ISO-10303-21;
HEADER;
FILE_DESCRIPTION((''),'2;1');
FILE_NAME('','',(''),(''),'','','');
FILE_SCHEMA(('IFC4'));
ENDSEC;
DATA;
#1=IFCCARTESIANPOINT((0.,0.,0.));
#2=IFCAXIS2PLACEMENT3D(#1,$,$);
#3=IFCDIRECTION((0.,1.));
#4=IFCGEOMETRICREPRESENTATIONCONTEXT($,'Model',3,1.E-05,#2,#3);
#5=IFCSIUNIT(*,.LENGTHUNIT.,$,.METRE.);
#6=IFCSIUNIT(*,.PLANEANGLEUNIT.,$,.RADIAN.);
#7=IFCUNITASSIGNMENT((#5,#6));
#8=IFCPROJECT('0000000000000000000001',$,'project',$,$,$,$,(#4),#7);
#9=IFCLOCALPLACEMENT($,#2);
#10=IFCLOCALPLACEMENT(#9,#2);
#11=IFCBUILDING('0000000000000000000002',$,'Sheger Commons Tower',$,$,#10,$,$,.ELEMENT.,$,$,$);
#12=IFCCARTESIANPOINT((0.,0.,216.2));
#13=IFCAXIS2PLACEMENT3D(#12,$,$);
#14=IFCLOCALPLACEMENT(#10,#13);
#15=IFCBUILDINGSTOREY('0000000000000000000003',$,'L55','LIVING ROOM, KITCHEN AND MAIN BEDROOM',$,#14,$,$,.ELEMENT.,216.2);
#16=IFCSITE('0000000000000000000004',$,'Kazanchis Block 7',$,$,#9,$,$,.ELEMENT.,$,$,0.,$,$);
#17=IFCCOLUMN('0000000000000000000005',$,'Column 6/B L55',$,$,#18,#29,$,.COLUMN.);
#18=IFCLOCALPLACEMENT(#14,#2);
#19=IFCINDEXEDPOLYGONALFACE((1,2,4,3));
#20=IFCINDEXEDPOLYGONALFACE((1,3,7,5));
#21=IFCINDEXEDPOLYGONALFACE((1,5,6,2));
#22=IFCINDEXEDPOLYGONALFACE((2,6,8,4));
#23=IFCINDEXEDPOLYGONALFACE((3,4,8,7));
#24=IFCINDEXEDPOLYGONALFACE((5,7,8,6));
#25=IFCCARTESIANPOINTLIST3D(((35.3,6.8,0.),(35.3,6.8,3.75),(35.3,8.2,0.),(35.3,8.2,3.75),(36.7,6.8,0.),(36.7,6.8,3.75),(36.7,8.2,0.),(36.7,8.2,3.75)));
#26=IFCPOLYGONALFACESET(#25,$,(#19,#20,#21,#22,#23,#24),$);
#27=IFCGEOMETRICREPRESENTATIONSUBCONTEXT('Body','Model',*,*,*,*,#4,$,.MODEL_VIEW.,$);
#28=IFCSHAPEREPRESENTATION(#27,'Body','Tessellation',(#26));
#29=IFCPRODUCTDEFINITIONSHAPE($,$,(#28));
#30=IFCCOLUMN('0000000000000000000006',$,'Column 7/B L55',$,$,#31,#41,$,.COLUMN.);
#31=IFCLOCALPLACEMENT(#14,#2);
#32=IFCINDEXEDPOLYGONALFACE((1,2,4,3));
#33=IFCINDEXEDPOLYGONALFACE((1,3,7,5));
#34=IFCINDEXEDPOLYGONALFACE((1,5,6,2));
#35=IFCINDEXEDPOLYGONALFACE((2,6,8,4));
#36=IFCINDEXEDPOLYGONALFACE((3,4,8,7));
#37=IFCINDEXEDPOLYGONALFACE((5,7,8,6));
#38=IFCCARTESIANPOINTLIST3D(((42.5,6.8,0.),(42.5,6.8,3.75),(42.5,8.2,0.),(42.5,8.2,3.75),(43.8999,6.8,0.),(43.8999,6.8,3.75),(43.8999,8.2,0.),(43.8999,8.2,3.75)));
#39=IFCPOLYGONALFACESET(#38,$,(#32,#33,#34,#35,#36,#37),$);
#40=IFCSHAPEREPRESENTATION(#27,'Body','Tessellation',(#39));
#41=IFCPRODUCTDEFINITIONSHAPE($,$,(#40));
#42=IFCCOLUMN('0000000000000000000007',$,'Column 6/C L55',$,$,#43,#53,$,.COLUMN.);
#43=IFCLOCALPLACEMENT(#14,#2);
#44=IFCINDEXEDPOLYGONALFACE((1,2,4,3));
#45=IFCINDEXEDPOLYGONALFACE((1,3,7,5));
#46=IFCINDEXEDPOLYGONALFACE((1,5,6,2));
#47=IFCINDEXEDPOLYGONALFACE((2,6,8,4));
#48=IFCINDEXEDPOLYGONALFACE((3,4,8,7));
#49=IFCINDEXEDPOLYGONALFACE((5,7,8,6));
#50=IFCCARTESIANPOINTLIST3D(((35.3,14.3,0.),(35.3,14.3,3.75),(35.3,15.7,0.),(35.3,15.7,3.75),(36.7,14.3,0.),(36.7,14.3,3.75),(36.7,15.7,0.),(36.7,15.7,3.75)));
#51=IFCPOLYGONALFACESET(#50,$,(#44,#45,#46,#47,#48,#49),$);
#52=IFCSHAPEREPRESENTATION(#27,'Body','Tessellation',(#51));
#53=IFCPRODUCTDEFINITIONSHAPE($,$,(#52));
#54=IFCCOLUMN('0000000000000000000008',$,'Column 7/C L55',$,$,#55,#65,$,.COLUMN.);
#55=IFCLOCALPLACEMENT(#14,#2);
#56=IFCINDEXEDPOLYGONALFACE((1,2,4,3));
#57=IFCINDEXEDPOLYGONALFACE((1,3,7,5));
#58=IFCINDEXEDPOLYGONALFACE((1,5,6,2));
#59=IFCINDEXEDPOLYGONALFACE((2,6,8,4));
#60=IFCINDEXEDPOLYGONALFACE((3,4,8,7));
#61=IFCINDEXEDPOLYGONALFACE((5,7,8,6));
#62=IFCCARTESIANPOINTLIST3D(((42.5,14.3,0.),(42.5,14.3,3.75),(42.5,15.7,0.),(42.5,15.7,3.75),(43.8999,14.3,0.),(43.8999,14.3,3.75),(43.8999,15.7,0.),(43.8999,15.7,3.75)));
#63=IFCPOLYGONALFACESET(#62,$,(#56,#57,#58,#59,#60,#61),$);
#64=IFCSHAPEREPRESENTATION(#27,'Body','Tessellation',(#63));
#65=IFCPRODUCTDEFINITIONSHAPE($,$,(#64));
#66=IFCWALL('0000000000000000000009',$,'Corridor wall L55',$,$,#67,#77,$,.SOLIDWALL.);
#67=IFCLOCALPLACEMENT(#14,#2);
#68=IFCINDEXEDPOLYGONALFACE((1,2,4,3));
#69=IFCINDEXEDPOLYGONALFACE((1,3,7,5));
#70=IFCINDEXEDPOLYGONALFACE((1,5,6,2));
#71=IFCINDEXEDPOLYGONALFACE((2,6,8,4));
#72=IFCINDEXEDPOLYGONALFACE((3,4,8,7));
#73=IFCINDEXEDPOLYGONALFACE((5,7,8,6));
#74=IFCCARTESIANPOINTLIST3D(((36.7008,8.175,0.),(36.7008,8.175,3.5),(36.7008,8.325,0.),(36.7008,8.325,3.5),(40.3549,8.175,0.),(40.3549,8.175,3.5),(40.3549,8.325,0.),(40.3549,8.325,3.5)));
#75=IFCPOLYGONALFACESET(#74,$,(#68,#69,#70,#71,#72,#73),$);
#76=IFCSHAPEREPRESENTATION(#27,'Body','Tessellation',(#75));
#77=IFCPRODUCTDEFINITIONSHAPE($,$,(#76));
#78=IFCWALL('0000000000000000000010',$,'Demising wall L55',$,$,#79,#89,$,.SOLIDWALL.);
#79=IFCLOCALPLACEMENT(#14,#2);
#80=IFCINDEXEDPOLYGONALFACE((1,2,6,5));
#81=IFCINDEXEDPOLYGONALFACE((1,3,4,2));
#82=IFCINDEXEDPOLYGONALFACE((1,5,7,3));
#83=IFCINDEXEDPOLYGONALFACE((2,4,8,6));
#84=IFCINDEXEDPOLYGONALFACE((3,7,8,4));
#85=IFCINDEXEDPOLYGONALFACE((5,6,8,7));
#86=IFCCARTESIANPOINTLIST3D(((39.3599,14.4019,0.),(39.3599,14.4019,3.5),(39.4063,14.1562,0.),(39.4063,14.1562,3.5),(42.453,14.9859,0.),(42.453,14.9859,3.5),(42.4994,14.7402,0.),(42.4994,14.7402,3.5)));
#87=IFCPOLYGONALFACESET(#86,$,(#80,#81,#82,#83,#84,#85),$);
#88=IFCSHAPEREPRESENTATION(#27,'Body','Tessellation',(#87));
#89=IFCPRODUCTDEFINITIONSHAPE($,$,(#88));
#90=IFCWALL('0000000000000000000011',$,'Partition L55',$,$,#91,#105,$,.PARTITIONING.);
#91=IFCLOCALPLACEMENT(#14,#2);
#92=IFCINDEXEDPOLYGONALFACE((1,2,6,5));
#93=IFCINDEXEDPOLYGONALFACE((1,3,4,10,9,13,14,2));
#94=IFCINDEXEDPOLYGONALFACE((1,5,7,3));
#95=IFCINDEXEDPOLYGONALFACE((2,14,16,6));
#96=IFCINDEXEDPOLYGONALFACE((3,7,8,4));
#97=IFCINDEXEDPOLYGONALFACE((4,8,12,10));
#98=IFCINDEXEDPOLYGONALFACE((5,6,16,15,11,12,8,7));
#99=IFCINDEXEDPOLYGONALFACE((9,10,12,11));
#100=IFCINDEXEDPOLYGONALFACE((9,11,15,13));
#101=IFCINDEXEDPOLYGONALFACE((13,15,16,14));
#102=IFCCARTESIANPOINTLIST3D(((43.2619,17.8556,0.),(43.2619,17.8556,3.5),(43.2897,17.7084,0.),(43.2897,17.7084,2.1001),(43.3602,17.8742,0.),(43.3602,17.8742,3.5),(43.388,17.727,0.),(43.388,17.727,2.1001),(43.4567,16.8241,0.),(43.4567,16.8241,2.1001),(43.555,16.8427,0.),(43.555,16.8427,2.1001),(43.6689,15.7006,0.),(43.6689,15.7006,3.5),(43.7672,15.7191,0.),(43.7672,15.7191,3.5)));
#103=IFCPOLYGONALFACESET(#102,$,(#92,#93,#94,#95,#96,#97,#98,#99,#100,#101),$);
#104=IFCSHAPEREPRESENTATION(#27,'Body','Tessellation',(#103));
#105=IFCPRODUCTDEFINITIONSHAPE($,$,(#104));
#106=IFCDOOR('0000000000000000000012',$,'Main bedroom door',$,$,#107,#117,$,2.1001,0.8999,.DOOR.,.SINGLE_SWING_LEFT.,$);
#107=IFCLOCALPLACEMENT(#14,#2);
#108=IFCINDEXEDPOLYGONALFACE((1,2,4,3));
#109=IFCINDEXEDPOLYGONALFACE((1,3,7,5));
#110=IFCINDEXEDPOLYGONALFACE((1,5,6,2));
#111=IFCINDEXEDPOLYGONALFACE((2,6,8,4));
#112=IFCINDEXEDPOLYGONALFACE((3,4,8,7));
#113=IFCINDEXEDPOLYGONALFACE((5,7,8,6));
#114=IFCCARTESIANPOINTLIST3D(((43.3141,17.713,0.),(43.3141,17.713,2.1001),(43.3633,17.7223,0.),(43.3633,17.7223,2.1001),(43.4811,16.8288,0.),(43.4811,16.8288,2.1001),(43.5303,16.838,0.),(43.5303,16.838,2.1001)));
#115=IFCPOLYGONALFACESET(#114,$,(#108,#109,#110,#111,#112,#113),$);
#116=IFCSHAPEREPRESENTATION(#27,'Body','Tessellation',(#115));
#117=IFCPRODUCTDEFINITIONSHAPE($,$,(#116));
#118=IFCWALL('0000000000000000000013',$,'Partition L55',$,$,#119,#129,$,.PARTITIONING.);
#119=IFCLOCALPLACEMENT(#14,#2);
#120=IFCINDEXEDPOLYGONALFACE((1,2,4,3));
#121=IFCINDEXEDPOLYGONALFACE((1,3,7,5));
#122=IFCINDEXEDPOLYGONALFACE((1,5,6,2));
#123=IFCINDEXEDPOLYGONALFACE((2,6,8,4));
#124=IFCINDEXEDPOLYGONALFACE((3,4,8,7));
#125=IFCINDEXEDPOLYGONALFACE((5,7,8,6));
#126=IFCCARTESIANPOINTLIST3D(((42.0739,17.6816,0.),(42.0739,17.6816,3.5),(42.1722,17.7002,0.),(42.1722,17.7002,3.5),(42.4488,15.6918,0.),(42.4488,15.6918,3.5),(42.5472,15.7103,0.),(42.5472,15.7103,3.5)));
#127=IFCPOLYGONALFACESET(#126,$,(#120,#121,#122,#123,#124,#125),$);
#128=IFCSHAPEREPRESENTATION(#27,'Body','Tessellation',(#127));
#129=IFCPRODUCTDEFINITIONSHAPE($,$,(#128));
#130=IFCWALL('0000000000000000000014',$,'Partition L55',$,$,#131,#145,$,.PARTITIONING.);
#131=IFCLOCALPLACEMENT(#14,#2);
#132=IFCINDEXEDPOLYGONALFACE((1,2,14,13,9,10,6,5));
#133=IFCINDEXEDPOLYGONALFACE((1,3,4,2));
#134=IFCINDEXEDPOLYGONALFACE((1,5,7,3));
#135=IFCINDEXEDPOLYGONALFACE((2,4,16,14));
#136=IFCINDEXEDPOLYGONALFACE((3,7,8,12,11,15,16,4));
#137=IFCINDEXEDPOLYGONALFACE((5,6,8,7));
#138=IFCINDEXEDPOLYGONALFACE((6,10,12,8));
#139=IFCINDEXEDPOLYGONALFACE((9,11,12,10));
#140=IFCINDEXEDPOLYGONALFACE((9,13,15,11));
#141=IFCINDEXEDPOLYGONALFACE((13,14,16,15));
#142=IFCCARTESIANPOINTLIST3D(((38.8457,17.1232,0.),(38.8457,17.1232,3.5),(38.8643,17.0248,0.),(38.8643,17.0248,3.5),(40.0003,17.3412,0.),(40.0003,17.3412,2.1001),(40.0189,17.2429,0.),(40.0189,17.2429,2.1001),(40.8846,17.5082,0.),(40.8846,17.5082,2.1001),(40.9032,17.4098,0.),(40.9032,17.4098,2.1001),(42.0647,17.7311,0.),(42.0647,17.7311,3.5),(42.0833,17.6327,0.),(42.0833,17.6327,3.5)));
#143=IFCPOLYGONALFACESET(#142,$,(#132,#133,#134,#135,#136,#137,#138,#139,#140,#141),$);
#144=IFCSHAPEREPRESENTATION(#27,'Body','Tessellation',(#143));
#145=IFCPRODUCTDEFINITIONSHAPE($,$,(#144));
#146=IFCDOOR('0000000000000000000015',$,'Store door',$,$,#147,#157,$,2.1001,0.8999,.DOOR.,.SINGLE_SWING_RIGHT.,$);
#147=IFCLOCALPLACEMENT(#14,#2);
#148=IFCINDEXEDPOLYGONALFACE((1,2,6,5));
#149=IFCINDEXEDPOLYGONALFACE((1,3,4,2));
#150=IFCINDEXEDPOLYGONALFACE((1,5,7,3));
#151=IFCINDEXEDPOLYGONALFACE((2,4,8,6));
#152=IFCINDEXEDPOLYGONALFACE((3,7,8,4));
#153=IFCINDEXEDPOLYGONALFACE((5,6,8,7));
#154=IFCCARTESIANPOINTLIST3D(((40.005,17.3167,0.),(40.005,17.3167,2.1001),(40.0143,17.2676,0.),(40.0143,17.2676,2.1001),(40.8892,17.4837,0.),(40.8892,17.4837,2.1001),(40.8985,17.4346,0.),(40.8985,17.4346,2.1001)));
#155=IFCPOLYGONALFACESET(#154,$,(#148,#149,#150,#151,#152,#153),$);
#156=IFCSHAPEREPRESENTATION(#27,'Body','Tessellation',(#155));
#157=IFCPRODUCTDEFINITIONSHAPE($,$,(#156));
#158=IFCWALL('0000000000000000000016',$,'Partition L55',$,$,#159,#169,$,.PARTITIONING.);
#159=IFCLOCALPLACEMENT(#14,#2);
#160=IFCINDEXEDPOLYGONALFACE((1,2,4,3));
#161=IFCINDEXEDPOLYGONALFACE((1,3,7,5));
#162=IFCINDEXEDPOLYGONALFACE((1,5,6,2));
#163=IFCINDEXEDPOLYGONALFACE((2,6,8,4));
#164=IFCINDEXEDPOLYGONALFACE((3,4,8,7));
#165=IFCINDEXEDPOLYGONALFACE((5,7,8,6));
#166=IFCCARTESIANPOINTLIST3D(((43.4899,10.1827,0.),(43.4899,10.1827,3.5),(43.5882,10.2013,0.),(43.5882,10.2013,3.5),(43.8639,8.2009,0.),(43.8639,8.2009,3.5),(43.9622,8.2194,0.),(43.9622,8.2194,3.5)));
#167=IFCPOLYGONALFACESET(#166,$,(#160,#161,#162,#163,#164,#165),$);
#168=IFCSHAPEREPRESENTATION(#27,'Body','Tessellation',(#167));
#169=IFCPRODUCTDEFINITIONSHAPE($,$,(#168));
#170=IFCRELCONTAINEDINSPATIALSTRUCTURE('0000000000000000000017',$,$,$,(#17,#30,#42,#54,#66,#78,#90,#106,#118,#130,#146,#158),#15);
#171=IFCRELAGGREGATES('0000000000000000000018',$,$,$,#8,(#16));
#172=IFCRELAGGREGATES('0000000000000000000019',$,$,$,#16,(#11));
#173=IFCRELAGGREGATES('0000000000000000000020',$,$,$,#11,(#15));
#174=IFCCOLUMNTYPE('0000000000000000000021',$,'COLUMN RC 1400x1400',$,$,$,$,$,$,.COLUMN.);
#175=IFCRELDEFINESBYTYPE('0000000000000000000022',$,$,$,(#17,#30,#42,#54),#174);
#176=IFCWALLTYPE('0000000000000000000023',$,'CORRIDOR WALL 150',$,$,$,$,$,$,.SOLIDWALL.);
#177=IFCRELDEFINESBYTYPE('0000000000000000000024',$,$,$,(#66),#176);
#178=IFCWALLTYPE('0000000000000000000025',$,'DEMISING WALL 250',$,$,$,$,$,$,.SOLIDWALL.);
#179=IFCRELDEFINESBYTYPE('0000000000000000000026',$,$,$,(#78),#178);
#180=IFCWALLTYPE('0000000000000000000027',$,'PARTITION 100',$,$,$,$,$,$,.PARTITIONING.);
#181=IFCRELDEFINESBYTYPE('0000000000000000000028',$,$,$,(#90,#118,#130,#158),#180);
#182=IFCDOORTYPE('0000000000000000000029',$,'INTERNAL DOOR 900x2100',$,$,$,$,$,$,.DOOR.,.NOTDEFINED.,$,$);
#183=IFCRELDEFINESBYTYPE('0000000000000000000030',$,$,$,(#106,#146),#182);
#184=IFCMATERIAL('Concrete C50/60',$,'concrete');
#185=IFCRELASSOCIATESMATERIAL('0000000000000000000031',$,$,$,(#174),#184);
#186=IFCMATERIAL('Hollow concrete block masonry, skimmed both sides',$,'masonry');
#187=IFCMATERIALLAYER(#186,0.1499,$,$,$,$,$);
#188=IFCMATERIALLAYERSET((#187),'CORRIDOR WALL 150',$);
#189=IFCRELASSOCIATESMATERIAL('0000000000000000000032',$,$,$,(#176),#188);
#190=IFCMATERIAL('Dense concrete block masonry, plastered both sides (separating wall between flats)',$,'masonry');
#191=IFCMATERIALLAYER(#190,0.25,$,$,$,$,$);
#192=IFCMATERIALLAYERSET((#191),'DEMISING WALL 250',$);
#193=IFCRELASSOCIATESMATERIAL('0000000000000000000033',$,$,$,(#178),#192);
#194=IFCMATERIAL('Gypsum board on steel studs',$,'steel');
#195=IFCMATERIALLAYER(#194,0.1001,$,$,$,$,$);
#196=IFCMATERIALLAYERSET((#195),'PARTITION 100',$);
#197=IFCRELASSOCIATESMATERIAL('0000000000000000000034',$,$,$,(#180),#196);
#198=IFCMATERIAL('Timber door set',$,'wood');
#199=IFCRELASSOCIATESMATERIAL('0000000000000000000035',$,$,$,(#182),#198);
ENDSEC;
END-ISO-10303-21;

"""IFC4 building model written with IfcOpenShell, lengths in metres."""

from ifc_helpers import new_model, si_unit, direction, frame, frame_2d, origin, origin_2d, place, context, subcontext, project, spatial, rectangle, extrude, material, layer, layer_set, material_profile, profile_set, type_object, element, fill, save


model = new_model("IFC4")

# Units and contexts
model_context = context("Model", 3, precision=1e-05, world=origin(), true_north=direction((0.0, 1.0)))
body_context = subcontext(model_context, "Body", "Model", "MODEL_VIEW")
ifc_project = project(units=[si_unit("LENGTHUNIT", "METRE"), si_unit("PLANEANGLEUNIT", "RADIAN")], contexts=[model_context])

# Site, building, storey
site_placement = place(None, origin())
site = spatial("IfcSite", under=ifc_project, at=site_placement, Name="Kazanchis Block 7", CompositionType="ELEMENT", RefElevation=0.0)
building_placement = place(site_placement, origin())
building = spatial("IfcBuilding", under=site, at=building_placement, Name="Sheger Commons Tower", CompositionType="ELEMENT")
storey_placement = place(building_placement, frame((0.0, 0.0, 216.2)))
storey = spatial("IfcBuildingStorey", under=building, at=storey_placement, Name="L55", Description="LIVING ROOM, KITCHEN AND MAIN BEDROOM", CompositionType="ELEMENT", Elevation=216.2)

# Columns
ifc_material_1 = material(Name="Concrete C50/60", Category="concrete")
ifc_material_profile = material_profile(ifc_material_1, rectangle(XDim=1.3999, YDim=1.3999, at=origin_2d()), Name="RC 1400x1400")
ifc_profile_set = profile_set([ifc_material_profile], Name="Concrete C50/60")
column_type = type_object("IfcColumnType", Name="COLUMN RC 1400x1400", PredefinedType="COLUMN", material=ifc_profile_set)
for number, where, z_axis, x_axis, name in (
    (1, (36.0, 7.5, 0.0), (0.0, 0.0, 1.0), (1.0, 0.0, 0.0), "Column 6/B L55"),
    (2, (43.2, 7.5, 0.0), (0.0, 0.0, 1.0), (1.0, 0.0, 0.0), "Column 7/B L55"),
    (3, (36.0, 15.0, 0.0), (0.0, 0.0, 1.0), (1.0, 0.0, 0.0), "Column 6/C L55"),
    (4, (43.2, 15.0, 0.0), (0.0, 0.0, 1.0), (1.0, 0.0, 0.0), "Column 7/C L55"),
):
    element("IfcColumn", number, at=place(storey_placement, frame(where, z_axis=z_axis, x_axis=x_axis)), inside=storey, type_object=column_type, Name=name, PredefinedType="COLUMN", context=body_context, shape_type="SweptSolid", body=[
        extrude(rectangle(XDim=1.3999, YDim=1.3999, at=origin_2d()), origin(), (0.0, 0.0, 1.0), 3.75),
    ])

# Walls
ifc_material_2 = material(Name="Hollow concrete block masonry, skimmed both sides", Category="masonry")
ifc_layer_1 = layer(ifc_material_2, 0.1499)
ifc_layer_set_1 = layer_set([ifc_layer_1], Name="CORRIDOR WALL 150")
wall_type_1 = type_object("IfcWallType", Name="CORRIDOR WALL 150", PredefinedType="SOLIDWALL", material=ifc_layer_set_1)
wall_1_placement = place(storey_placement, frame((40.355, 8.25, 0.0), z_axis=(0.0, 0.0, 1.0), x_axis=(-1.0, 0.0, 0.0)))
element("IfcWall", 5, at=wall_1_placement, inside=storey, type_object=wall_type_1, Name="Corridor wall L55", PredefinedType="SOLIDWALL", context=body_context, shape_type="SweptSolid", body=[
    extrude(rectangle(XDim=3.6541, YDim=0.1499, at=frame_2d((1.8271, 0.0))), origin(), (0.0, 0.0, 1.0), 3.5),
])
ifc_material_3 = material(Name="Dense concrete block masonry, plastered both sides (separating wall between flats)", Category="masonry")
ifc_layer_2 = layer(ifc_material_3, 0.25)
ifc_layer_set_2 = layer_set([ifc_layer_2], Name="DEMISING WALL 250")
wall_type_2 = type_object("IfcWallType", Name="DEMISING WALL 250", PredefinedType="SOLIDWALL", material=ifc_layer_set_2)
wall_2_placement = place(storey_placement, frame((42.4761, 14.863, 0.0), z_axis=(0.0, 0.0, 1.0), x_axis=(-0.982639, -0.185529, 0.0)))
element("IfcWall", 6, at=wall_2_placement, inside=storey, type_object=wall_type_2, Name="Demising wall L55", PredefinedType="SOLIDWALL", context=body_context, shape_type="SweptSolid", body=[
    extrude(rectangle(XDim=3.1477, YDim=0.25, at=frame_2d((1.5737, 0.0))), origin(), (0.0, 0.0, 1.0), 3.5),
])

# Wall, opening, door
ifc_material_4 = material(Name="Gypsum board on steel studs", Category="steel")
ifc_layer_3 = layer(ifc_material_4, 0.1001)
ifc_layer_set_3 = layer_set([ifc_layer_3], Name="PARTITION 100")
wall_type_3 = type_object("IfcWallType", Name="PARTITION 100", PredefinedType="PARTITIONING", material=ifc_layer_set_3)
wall_3_placement = place(storey_placement, frame((43.311, 17.865, 0.0), z_axis=(0.0, 0.0, 1.0), x_axis=(0.185572, -0.982631, 0.0)))
wall_3 = element("IfcWall", 7, at=wall_3_placement, inside=storey, type_object=wall_type_3, Name="Partition L55", PredefinedType="PARTITIONING", context=body_context, shape_type="SweptSolid", body=[
    extrude(rectangle(XDim=2.1931, YDim=0.1001, at=frame_2d((1.0967, 0.0))), origin(), (0.0, 0.0, 1.0), 3.5),
])
opening_1_placement = place(wall_3_placement, frame((0.1499, 0.0, 0.0)))
opening_1 = element("IfcOpeningElement", 8, at=opening_1_placement, cuts=wall_3, PredefinedType="OPENING", context=body_context, shape_type="SweptSolid", body=[
    extrude(rectangle(XDim=0.8999, YDim=2.1001, at=frame_2d((0.45, 1.05))), frame((0.0, 0.0601, 0.0), z_axis=(0.0, -1.0, 0.0), x_axis=(1.0, 0.0, 0.0)), (0.0, 0.0, 1.0), 0.1201),
])
ifc_material_5 = material(Name="Timber door set", Category="wood")
door_type_1 = type_object("IfcDoorType", Name="INTERNAL DOOR 900x2100", OperationType="NOTDEFINED", PredefinedType="DOOR", material=ifc_material_5)
door_1_placement = place(opening_1_placement, origin())
door_1 = element("IfcDoor", 9, at=door_1_placement, inside=storey, type_object=door_type_1, Name="Main bedroom door", OperationType="SINGLE_SWING_LEFT", OverallHeight=2.1001, OverallWidth=0.8999, PredefinedType="DOOR", context=body_context, shape_type="SweptSolid", body=[
    extrude(rectangle(XDim=0.8999, YDim=2.1001, at=frame_2d((0.45, 1.05))), frame((0.0, 0.0249, 0.0), z_axis=(0.0, -1.0, 0.0), x_axis=(1.0, 0.0, 0.0)), (0.0, 0.0, 1.0), 0.05),
])
fill(opening_1, door_1)

# Wall
wall_4_placement = place(storey_placement, frame((42.123, 17.6909, 0.0), z_axis=(0.0, 0.0, 1.0), x_axis=(0.185184, -0.982704, 0.0)))
element("IfcWall", 10, at=wall_4_placement, inside=storey, type_object=wall_type_3, Name="Partition L55", PredefinedType="PARTITIONING", context=body_context, shape_type="SweptSolid", body=[
    extrude(rectangle(XDim=2.0249, YDim=0.1001, at=frame_2d((1.0125, 0.0))), origin(), (0.0, 0.0, 1.0), 3.5),
])

# Wall, opening, door
wall_5_placement = place(storey_placement, frame((42.074, 17.6819, 0.0), z_axis=(0.0, 0.0, 1.0), x_axis=(-0.982631, -0.185571, 0.0)))
wall_5 = element("IfcWall", 11, at=wall_5_placement, inside=storey, type_object=wall_type_3, Name="Partition L55", PredefinedType="PARTITIONING", context=body_context, shape_type="SweptSolid", body=[
    extrude(rectangle(XDim=3.2759, YDim=0.1001, at=frame_2d((1.6379, 0.0))), origin(), (0.0, 0.0, 1.0), 3.5),
])
opening_2_placement = place(wall_5_placement, frame((1.2009, 0.0, 0.0)))
opening_2 = element("IfcOpeningElement", 12, at=opening_2_placement, cuts=wall_5, PredefinedType="OPENING", context=body_context, shape_type="SweptSolid", body=[
    extrude(rectangle(XDim=0.8999, YDim=2.1001, at=frame_2d((0.45, 1.05))), frame((0.0, 0.0601, 0.0), z_axis=(0.0, -1.0, 0.0), x_axis=(1.0, 0.0, 0.0)), (0.0, 0.0, 1.0), 0.1201),
])
door_2_placement = place(opening_2_placement, origin())
door_2 = element("IfcDoor", 13, at=door_2_placement, inside=storey, type_object=door_type_1, Name="Store door", OperationType="SINGLE_SWING_RIGHT", OverallHeight=2.1001, OverallWidth=0.8999, PredefinedType="DOOR", context=body_context, shape_type="SweptSolid", body=[
    extrude(rectangle(XDim=0.8999, YDim=2.1001, at=frame_2d((0.45, 1.05))), frame((0.0, 0.0249, 0.0), z_axis=(0.0, -1.0, 0.0), x_axis=(1.0, 0.0, 0.0)), (0.0, 0.0, 1.0), 0.05),
])
fill(opening_2, door_2)

# Wall
wall_6_placement = place(storey_placement, frame((43.5391, 10.1919, 0.0), z_axis=(0.0, 0.0, 1.0), x_axis=(0.185443, -0.982655, 0.0)))
element("IfcWall", 14, at=wall_6_placement, inside=storey, type_object=wall_type_3, Name="Partition L55", PredefinedType="PARTITIONING", context=body_context, shape_type="SweptSolid", body=[
    extrude(rectangle(XDim=2.0168, YDim=0.1001, at=frame_2d((1.0083, 0.0))), origin(), (0.0, 0.0, 1.0), 3.5),
])

save(model, "model.ifc")
